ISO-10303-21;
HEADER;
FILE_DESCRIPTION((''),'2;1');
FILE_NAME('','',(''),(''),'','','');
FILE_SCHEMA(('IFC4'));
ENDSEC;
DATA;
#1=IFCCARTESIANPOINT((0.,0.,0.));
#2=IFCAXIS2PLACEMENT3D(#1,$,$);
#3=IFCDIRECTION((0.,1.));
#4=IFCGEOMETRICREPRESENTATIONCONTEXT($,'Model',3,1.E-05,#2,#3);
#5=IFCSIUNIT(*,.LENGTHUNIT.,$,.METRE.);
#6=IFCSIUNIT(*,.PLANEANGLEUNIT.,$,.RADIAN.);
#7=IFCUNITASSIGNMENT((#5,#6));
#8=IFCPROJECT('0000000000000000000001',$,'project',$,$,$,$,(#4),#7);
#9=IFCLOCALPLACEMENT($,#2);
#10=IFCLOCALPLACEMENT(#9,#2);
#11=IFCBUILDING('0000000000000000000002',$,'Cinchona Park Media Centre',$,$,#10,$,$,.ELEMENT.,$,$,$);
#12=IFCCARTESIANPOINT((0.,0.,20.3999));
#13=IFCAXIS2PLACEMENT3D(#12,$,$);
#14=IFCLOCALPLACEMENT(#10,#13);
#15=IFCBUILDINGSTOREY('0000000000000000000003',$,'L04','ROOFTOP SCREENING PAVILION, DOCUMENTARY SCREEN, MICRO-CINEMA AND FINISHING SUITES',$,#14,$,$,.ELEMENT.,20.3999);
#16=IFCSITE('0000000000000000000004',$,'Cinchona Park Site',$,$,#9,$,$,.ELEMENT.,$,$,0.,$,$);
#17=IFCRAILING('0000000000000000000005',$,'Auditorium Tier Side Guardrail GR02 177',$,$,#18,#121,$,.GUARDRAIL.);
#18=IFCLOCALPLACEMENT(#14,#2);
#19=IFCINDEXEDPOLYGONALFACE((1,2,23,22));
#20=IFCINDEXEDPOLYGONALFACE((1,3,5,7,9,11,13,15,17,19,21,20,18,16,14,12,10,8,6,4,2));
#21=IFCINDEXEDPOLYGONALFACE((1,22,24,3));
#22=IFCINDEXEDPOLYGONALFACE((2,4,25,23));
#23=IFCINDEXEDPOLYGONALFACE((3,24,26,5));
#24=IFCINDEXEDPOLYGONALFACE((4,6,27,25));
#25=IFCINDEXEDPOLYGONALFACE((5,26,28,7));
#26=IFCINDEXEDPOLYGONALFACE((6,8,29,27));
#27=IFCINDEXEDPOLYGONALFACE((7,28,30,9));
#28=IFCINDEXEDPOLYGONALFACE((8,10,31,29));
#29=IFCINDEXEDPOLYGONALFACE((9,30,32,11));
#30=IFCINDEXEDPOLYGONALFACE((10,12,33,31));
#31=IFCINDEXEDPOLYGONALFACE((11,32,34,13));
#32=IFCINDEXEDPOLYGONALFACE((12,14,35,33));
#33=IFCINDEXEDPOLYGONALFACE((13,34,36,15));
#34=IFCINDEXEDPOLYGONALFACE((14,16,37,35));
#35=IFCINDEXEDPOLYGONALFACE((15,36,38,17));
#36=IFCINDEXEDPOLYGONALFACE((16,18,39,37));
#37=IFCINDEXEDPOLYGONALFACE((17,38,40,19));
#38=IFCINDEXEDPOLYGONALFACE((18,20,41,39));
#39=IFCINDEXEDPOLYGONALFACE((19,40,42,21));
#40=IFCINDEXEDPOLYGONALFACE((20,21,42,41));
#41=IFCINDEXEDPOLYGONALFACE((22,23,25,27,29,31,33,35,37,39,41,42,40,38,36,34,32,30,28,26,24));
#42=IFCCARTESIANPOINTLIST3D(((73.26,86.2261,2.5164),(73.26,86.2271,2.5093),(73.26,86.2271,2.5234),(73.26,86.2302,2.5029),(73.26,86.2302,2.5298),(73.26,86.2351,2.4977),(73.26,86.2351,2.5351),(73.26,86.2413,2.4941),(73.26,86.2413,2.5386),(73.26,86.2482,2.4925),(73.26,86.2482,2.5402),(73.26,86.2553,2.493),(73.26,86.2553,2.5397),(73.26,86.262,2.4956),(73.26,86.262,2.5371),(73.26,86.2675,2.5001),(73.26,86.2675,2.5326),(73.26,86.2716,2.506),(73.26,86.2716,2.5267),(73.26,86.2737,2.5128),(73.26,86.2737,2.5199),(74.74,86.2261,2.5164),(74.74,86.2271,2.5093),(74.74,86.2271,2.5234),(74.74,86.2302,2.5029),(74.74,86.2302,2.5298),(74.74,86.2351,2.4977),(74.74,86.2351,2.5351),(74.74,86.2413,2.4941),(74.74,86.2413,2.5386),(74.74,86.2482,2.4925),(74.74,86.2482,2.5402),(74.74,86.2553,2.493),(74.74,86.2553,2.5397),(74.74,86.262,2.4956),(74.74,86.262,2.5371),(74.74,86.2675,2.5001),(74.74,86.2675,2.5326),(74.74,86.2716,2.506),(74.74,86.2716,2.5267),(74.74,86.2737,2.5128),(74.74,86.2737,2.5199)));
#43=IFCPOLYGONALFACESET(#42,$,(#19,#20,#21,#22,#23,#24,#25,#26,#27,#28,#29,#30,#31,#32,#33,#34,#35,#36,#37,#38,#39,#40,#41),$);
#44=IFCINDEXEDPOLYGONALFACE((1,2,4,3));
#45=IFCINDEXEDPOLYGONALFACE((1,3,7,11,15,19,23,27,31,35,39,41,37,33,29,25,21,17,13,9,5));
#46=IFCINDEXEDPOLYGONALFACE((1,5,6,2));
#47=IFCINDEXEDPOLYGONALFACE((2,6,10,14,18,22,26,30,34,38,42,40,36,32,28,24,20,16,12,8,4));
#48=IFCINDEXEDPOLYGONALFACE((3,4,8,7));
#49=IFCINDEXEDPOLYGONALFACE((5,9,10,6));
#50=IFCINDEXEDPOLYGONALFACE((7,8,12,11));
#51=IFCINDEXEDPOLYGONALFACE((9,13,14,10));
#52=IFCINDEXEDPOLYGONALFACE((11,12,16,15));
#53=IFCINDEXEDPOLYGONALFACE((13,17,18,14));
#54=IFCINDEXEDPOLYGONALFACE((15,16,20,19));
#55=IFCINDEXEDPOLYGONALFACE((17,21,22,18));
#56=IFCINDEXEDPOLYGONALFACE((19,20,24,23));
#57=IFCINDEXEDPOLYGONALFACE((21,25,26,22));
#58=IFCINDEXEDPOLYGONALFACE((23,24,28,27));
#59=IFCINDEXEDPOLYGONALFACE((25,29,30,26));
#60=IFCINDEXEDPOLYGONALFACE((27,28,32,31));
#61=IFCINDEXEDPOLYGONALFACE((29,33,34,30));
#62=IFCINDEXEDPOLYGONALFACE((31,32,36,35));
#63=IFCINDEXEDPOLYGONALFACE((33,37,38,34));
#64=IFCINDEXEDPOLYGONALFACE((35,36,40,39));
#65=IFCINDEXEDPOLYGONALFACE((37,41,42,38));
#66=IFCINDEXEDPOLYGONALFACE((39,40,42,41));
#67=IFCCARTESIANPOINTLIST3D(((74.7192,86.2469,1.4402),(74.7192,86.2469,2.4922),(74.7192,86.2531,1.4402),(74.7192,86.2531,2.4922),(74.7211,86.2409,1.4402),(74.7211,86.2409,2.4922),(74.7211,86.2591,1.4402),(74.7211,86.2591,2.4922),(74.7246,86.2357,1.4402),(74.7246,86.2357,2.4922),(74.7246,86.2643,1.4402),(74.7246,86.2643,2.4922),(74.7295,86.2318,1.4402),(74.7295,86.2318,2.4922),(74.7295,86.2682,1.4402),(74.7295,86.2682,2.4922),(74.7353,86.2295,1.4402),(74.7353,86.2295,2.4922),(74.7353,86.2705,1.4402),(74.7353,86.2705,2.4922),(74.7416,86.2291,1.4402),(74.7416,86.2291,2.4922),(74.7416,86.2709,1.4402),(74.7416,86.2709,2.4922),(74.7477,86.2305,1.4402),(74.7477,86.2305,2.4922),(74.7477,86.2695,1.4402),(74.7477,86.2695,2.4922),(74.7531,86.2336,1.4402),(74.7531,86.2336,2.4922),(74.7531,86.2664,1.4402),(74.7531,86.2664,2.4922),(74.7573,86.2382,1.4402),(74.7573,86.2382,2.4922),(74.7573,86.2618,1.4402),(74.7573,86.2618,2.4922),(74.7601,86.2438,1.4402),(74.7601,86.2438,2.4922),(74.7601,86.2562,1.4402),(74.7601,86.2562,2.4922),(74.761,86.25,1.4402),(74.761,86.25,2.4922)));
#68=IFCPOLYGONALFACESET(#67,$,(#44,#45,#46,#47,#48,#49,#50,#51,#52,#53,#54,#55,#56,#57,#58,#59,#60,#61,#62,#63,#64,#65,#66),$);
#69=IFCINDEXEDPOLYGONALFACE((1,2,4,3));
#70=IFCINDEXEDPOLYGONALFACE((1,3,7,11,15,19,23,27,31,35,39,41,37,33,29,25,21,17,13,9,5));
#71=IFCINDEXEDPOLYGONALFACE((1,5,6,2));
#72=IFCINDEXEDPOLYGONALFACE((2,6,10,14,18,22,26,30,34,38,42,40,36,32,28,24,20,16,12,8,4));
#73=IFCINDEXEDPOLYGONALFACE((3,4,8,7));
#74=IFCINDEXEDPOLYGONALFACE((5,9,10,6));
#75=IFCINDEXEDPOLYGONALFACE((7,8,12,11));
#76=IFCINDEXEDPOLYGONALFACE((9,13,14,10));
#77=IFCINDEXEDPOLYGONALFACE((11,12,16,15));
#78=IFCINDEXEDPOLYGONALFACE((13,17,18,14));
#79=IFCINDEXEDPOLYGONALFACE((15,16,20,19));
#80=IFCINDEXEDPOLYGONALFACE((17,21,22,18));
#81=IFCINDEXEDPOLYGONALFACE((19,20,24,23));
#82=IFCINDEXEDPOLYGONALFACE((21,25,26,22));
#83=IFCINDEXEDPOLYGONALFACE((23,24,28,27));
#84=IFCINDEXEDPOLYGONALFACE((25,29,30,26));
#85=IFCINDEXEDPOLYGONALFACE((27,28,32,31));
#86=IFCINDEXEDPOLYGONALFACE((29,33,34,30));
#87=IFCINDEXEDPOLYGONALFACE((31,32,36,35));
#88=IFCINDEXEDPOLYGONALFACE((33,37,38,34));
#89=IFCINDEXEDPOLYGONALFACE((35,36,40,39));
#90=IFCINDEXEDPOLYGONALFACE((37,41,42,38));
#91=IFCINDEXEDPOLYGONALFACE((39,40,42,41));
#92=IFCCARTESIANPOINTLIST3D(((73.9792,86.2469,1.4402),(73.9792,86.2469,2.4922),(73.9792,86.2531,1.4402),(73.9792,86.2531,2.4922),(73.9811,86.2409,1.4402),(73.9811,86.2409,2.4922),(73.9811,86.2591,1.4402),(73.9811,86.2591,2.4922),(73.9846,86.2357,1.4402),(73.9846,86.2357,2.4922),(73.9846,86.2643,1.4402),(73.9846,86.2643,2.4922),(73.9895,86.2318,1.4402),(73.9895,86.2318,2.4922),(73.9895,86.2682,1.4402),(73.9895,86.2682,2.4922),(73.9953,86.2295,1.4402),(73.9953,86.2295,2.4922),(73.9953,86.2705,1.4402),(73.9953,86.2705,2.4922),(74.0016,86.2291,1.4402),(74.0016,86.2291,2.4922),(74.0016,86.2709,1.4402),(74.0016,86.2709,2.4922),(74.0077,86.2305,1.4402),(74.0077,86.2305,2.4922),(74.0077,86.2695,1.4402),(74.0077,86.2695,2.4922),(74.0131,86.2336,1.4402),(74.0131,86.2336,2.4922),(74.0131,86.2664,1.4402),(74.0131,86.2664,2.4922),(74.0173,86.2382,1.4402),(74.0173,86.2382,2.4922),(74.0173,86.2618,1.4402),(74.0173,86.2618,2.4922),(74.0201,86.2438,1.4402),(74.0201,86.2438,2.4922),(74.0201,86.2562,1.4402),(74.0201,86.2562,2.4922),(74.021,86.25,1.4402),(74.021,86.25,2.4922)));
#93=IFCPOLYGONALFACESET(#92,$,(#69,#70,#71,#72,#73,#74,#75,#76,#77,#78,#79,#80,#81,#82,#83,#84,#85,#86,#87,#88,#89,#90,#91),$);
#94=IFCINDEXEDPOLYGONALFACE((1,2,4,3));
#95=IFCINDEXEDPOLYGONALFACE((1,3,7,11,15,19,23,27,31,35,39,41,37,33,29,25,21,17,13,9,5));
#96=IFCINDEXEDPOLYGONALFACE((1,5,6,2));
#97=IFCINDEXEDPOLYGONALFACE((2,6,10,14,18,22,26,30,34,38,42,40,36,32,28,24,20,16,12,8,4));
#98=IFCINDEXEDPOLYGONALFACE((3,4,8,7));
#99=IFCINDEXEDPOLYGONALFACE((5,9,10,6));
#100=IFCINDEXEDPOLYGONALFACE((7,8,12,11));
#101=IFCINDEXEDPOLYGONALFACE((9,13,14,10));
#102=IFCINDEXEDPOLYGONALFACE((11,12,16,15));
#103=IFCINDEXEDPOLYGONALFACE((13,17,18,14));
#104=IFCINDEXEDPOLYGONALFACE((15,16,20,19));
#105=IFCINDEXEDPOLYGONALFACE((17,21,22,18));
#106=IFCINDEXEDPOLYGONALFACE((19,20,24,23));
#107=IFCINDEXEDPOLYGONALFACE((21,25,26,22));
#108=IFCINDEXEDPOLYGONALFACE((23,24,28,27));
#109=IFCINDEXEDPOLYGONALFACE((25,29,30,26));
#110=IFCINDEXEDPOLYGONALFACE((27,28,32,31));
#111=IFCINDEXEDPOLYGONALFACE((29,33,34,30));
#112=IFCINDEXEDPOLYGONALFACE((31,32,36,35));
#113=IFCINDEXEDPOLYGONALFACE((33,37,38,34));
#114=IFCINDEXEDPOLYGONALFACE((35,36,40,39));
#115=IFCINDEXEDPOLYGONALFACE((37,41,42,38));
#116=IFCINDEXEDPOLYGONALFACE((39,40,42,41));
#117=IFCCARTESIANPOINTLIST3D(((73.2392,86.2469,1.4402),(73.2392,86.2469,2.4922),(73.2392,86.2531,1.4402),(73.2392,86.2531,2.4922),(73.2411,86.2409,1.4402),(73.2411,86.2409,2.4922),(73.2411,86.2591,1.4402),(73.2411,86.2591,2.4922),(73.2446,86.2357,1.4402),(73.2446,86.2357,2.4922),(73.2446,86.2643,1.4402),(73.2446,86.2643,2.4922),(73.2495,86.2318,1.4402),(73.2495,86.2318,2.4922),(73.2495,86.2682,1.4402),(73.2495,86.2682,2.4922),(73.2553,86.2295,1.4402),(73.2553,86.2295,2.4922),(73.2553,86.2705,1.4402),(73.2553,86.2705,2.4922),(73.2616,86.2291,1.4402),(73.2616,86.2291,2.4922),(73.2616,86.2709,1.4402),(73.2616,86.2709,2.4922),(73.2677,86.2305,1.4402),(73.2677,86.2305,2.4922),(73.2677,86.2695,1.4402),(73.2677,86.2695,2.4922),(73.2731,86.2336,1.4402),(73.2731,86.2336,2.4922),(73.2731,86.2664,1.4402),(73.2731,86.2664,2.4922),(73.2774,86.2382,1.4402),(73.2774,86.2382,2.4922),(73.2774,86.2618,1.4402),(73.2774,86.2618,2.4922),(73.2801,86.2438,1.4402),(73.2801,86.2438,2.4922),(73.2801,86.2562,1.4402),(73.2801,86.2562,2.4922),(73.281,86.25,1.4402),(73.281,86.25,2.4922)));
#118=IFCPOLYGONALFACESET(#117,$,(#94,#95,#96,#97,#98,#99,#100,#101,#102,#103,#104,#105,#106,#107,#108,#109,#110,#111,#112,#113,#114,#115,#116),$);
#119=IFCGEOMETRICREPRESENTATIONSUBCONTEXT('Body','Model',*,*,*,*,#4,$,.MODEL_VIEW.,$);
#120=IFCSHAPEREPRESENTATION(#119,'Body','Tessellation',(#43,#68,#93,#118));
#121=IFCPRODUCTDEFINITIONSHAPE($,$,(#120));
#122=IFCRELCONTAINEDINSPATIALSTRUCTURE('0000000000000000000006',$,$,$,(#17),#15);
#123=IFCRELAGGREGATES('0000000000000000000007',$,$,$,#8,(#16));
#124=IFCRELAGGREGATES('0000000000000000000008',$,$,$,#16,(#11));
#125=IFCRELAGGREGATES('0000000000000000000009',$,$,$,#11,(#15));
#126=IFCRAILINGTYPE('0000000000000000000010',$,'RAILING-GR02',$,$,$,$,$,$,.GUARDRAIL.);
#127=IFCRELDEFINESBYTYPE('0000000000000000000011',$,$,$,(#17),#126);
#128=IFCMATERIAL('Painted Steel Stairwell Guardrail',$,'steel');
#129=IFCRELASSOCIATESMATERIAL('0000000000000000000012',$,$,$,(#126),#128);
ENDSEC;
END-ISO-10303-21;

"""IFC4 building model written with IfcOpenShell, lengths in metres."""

from ifc_helpers import new_model, si_unit, direction, frame, origin, origin_2d, place, context, subcontext, project, spatial, circle, extrude, material, type_object, element, save


model = new_model("IFC4")

# Units and contexts
model_context = context("Model", 3, precision=1e-05, world=origin(), true_north=direction((0.0, 1.0)))
body_context = subcontext(model_context, "Body", "Model", "MODEL_VIEW")
ifc_project = project(units=[si_unit("LENGTHUNIT", "METRE"), si_unit("PLANEANGLEUNIT", "RADIAN")], contexts=[model_context])

# Site, building, storey
site_placement = place(None, origin())
site = spatial("IfcSite", under=ifc_project, at=site_placement, Name="Cinchona Park Site", CompositionType="ELEMENT", RefElevation=0.0)
building_placement = place(site_placement, origin())
building = spatial("IfcBuilding", under=site, at=building_placement, Name="Cinchona Park Media Centre", CompositionType="ELEMENT")
storey_placement = place(building_placement, frame((0.0, 0.0, 20.3999)))
storey = spatial("IfcBuildingStorey", under=building, at=storey_placement, Name="L04", Description="ROOFTOP SCREENING PAVILION, DOCUMENTARY SCREEN, MICRO-CINEMA AND FINISHING SUITES", CompositionType="ELEMENT", Elevation=20.3999)

# Railing
ifc_material_1 = material(Name="Painted Steel Stairwell Guardrail", Category="steel")
railing_type_1 = type_object("IfcRailingType", Name="RAILING-GR02", PredefinedType="GUARDRAIL", material=ifc_material_1)
railing_1_placement = place(storey_placement, frame((74.74, 86.25, 1.4402)))
element("IfcRailing", 1, at=railing_1_placement, inside=storey, type_object=railing_type_1, Name="Auditorium Tier Side Guardrail GR02 177", PredefinedType="GUARDRAIL", context=body_context, shape_type="SweptSolid", body=[
    extrude(circle(Radius=0.0239, at=origin_2d()), frame((0.0, 0.0, 1.0762), z_axis=(-1.0, 0.0, 0.0), x_axis=(0.0, -1.0, 0.0)), (0.0, 0.0, 1.0), 1.48),
    extrude(circle(Radius=0.021, at=origin_2d()), origin(), (0.0, 0.0, 1.0), 1.052),
    extrude(circle(Radius=0.021, at=origin_2d()), frame((-0.74, 0.0, 0.0)), (0.0, 0.0, 1.0), 1.052),
    extrude(circle(Radius=0.021, at=origin_2d()), frame((-1.48, 0.0, 0.0)), (0.0, 0.0, 1.0), 1.052),
])

save(model, "model.ifc")
